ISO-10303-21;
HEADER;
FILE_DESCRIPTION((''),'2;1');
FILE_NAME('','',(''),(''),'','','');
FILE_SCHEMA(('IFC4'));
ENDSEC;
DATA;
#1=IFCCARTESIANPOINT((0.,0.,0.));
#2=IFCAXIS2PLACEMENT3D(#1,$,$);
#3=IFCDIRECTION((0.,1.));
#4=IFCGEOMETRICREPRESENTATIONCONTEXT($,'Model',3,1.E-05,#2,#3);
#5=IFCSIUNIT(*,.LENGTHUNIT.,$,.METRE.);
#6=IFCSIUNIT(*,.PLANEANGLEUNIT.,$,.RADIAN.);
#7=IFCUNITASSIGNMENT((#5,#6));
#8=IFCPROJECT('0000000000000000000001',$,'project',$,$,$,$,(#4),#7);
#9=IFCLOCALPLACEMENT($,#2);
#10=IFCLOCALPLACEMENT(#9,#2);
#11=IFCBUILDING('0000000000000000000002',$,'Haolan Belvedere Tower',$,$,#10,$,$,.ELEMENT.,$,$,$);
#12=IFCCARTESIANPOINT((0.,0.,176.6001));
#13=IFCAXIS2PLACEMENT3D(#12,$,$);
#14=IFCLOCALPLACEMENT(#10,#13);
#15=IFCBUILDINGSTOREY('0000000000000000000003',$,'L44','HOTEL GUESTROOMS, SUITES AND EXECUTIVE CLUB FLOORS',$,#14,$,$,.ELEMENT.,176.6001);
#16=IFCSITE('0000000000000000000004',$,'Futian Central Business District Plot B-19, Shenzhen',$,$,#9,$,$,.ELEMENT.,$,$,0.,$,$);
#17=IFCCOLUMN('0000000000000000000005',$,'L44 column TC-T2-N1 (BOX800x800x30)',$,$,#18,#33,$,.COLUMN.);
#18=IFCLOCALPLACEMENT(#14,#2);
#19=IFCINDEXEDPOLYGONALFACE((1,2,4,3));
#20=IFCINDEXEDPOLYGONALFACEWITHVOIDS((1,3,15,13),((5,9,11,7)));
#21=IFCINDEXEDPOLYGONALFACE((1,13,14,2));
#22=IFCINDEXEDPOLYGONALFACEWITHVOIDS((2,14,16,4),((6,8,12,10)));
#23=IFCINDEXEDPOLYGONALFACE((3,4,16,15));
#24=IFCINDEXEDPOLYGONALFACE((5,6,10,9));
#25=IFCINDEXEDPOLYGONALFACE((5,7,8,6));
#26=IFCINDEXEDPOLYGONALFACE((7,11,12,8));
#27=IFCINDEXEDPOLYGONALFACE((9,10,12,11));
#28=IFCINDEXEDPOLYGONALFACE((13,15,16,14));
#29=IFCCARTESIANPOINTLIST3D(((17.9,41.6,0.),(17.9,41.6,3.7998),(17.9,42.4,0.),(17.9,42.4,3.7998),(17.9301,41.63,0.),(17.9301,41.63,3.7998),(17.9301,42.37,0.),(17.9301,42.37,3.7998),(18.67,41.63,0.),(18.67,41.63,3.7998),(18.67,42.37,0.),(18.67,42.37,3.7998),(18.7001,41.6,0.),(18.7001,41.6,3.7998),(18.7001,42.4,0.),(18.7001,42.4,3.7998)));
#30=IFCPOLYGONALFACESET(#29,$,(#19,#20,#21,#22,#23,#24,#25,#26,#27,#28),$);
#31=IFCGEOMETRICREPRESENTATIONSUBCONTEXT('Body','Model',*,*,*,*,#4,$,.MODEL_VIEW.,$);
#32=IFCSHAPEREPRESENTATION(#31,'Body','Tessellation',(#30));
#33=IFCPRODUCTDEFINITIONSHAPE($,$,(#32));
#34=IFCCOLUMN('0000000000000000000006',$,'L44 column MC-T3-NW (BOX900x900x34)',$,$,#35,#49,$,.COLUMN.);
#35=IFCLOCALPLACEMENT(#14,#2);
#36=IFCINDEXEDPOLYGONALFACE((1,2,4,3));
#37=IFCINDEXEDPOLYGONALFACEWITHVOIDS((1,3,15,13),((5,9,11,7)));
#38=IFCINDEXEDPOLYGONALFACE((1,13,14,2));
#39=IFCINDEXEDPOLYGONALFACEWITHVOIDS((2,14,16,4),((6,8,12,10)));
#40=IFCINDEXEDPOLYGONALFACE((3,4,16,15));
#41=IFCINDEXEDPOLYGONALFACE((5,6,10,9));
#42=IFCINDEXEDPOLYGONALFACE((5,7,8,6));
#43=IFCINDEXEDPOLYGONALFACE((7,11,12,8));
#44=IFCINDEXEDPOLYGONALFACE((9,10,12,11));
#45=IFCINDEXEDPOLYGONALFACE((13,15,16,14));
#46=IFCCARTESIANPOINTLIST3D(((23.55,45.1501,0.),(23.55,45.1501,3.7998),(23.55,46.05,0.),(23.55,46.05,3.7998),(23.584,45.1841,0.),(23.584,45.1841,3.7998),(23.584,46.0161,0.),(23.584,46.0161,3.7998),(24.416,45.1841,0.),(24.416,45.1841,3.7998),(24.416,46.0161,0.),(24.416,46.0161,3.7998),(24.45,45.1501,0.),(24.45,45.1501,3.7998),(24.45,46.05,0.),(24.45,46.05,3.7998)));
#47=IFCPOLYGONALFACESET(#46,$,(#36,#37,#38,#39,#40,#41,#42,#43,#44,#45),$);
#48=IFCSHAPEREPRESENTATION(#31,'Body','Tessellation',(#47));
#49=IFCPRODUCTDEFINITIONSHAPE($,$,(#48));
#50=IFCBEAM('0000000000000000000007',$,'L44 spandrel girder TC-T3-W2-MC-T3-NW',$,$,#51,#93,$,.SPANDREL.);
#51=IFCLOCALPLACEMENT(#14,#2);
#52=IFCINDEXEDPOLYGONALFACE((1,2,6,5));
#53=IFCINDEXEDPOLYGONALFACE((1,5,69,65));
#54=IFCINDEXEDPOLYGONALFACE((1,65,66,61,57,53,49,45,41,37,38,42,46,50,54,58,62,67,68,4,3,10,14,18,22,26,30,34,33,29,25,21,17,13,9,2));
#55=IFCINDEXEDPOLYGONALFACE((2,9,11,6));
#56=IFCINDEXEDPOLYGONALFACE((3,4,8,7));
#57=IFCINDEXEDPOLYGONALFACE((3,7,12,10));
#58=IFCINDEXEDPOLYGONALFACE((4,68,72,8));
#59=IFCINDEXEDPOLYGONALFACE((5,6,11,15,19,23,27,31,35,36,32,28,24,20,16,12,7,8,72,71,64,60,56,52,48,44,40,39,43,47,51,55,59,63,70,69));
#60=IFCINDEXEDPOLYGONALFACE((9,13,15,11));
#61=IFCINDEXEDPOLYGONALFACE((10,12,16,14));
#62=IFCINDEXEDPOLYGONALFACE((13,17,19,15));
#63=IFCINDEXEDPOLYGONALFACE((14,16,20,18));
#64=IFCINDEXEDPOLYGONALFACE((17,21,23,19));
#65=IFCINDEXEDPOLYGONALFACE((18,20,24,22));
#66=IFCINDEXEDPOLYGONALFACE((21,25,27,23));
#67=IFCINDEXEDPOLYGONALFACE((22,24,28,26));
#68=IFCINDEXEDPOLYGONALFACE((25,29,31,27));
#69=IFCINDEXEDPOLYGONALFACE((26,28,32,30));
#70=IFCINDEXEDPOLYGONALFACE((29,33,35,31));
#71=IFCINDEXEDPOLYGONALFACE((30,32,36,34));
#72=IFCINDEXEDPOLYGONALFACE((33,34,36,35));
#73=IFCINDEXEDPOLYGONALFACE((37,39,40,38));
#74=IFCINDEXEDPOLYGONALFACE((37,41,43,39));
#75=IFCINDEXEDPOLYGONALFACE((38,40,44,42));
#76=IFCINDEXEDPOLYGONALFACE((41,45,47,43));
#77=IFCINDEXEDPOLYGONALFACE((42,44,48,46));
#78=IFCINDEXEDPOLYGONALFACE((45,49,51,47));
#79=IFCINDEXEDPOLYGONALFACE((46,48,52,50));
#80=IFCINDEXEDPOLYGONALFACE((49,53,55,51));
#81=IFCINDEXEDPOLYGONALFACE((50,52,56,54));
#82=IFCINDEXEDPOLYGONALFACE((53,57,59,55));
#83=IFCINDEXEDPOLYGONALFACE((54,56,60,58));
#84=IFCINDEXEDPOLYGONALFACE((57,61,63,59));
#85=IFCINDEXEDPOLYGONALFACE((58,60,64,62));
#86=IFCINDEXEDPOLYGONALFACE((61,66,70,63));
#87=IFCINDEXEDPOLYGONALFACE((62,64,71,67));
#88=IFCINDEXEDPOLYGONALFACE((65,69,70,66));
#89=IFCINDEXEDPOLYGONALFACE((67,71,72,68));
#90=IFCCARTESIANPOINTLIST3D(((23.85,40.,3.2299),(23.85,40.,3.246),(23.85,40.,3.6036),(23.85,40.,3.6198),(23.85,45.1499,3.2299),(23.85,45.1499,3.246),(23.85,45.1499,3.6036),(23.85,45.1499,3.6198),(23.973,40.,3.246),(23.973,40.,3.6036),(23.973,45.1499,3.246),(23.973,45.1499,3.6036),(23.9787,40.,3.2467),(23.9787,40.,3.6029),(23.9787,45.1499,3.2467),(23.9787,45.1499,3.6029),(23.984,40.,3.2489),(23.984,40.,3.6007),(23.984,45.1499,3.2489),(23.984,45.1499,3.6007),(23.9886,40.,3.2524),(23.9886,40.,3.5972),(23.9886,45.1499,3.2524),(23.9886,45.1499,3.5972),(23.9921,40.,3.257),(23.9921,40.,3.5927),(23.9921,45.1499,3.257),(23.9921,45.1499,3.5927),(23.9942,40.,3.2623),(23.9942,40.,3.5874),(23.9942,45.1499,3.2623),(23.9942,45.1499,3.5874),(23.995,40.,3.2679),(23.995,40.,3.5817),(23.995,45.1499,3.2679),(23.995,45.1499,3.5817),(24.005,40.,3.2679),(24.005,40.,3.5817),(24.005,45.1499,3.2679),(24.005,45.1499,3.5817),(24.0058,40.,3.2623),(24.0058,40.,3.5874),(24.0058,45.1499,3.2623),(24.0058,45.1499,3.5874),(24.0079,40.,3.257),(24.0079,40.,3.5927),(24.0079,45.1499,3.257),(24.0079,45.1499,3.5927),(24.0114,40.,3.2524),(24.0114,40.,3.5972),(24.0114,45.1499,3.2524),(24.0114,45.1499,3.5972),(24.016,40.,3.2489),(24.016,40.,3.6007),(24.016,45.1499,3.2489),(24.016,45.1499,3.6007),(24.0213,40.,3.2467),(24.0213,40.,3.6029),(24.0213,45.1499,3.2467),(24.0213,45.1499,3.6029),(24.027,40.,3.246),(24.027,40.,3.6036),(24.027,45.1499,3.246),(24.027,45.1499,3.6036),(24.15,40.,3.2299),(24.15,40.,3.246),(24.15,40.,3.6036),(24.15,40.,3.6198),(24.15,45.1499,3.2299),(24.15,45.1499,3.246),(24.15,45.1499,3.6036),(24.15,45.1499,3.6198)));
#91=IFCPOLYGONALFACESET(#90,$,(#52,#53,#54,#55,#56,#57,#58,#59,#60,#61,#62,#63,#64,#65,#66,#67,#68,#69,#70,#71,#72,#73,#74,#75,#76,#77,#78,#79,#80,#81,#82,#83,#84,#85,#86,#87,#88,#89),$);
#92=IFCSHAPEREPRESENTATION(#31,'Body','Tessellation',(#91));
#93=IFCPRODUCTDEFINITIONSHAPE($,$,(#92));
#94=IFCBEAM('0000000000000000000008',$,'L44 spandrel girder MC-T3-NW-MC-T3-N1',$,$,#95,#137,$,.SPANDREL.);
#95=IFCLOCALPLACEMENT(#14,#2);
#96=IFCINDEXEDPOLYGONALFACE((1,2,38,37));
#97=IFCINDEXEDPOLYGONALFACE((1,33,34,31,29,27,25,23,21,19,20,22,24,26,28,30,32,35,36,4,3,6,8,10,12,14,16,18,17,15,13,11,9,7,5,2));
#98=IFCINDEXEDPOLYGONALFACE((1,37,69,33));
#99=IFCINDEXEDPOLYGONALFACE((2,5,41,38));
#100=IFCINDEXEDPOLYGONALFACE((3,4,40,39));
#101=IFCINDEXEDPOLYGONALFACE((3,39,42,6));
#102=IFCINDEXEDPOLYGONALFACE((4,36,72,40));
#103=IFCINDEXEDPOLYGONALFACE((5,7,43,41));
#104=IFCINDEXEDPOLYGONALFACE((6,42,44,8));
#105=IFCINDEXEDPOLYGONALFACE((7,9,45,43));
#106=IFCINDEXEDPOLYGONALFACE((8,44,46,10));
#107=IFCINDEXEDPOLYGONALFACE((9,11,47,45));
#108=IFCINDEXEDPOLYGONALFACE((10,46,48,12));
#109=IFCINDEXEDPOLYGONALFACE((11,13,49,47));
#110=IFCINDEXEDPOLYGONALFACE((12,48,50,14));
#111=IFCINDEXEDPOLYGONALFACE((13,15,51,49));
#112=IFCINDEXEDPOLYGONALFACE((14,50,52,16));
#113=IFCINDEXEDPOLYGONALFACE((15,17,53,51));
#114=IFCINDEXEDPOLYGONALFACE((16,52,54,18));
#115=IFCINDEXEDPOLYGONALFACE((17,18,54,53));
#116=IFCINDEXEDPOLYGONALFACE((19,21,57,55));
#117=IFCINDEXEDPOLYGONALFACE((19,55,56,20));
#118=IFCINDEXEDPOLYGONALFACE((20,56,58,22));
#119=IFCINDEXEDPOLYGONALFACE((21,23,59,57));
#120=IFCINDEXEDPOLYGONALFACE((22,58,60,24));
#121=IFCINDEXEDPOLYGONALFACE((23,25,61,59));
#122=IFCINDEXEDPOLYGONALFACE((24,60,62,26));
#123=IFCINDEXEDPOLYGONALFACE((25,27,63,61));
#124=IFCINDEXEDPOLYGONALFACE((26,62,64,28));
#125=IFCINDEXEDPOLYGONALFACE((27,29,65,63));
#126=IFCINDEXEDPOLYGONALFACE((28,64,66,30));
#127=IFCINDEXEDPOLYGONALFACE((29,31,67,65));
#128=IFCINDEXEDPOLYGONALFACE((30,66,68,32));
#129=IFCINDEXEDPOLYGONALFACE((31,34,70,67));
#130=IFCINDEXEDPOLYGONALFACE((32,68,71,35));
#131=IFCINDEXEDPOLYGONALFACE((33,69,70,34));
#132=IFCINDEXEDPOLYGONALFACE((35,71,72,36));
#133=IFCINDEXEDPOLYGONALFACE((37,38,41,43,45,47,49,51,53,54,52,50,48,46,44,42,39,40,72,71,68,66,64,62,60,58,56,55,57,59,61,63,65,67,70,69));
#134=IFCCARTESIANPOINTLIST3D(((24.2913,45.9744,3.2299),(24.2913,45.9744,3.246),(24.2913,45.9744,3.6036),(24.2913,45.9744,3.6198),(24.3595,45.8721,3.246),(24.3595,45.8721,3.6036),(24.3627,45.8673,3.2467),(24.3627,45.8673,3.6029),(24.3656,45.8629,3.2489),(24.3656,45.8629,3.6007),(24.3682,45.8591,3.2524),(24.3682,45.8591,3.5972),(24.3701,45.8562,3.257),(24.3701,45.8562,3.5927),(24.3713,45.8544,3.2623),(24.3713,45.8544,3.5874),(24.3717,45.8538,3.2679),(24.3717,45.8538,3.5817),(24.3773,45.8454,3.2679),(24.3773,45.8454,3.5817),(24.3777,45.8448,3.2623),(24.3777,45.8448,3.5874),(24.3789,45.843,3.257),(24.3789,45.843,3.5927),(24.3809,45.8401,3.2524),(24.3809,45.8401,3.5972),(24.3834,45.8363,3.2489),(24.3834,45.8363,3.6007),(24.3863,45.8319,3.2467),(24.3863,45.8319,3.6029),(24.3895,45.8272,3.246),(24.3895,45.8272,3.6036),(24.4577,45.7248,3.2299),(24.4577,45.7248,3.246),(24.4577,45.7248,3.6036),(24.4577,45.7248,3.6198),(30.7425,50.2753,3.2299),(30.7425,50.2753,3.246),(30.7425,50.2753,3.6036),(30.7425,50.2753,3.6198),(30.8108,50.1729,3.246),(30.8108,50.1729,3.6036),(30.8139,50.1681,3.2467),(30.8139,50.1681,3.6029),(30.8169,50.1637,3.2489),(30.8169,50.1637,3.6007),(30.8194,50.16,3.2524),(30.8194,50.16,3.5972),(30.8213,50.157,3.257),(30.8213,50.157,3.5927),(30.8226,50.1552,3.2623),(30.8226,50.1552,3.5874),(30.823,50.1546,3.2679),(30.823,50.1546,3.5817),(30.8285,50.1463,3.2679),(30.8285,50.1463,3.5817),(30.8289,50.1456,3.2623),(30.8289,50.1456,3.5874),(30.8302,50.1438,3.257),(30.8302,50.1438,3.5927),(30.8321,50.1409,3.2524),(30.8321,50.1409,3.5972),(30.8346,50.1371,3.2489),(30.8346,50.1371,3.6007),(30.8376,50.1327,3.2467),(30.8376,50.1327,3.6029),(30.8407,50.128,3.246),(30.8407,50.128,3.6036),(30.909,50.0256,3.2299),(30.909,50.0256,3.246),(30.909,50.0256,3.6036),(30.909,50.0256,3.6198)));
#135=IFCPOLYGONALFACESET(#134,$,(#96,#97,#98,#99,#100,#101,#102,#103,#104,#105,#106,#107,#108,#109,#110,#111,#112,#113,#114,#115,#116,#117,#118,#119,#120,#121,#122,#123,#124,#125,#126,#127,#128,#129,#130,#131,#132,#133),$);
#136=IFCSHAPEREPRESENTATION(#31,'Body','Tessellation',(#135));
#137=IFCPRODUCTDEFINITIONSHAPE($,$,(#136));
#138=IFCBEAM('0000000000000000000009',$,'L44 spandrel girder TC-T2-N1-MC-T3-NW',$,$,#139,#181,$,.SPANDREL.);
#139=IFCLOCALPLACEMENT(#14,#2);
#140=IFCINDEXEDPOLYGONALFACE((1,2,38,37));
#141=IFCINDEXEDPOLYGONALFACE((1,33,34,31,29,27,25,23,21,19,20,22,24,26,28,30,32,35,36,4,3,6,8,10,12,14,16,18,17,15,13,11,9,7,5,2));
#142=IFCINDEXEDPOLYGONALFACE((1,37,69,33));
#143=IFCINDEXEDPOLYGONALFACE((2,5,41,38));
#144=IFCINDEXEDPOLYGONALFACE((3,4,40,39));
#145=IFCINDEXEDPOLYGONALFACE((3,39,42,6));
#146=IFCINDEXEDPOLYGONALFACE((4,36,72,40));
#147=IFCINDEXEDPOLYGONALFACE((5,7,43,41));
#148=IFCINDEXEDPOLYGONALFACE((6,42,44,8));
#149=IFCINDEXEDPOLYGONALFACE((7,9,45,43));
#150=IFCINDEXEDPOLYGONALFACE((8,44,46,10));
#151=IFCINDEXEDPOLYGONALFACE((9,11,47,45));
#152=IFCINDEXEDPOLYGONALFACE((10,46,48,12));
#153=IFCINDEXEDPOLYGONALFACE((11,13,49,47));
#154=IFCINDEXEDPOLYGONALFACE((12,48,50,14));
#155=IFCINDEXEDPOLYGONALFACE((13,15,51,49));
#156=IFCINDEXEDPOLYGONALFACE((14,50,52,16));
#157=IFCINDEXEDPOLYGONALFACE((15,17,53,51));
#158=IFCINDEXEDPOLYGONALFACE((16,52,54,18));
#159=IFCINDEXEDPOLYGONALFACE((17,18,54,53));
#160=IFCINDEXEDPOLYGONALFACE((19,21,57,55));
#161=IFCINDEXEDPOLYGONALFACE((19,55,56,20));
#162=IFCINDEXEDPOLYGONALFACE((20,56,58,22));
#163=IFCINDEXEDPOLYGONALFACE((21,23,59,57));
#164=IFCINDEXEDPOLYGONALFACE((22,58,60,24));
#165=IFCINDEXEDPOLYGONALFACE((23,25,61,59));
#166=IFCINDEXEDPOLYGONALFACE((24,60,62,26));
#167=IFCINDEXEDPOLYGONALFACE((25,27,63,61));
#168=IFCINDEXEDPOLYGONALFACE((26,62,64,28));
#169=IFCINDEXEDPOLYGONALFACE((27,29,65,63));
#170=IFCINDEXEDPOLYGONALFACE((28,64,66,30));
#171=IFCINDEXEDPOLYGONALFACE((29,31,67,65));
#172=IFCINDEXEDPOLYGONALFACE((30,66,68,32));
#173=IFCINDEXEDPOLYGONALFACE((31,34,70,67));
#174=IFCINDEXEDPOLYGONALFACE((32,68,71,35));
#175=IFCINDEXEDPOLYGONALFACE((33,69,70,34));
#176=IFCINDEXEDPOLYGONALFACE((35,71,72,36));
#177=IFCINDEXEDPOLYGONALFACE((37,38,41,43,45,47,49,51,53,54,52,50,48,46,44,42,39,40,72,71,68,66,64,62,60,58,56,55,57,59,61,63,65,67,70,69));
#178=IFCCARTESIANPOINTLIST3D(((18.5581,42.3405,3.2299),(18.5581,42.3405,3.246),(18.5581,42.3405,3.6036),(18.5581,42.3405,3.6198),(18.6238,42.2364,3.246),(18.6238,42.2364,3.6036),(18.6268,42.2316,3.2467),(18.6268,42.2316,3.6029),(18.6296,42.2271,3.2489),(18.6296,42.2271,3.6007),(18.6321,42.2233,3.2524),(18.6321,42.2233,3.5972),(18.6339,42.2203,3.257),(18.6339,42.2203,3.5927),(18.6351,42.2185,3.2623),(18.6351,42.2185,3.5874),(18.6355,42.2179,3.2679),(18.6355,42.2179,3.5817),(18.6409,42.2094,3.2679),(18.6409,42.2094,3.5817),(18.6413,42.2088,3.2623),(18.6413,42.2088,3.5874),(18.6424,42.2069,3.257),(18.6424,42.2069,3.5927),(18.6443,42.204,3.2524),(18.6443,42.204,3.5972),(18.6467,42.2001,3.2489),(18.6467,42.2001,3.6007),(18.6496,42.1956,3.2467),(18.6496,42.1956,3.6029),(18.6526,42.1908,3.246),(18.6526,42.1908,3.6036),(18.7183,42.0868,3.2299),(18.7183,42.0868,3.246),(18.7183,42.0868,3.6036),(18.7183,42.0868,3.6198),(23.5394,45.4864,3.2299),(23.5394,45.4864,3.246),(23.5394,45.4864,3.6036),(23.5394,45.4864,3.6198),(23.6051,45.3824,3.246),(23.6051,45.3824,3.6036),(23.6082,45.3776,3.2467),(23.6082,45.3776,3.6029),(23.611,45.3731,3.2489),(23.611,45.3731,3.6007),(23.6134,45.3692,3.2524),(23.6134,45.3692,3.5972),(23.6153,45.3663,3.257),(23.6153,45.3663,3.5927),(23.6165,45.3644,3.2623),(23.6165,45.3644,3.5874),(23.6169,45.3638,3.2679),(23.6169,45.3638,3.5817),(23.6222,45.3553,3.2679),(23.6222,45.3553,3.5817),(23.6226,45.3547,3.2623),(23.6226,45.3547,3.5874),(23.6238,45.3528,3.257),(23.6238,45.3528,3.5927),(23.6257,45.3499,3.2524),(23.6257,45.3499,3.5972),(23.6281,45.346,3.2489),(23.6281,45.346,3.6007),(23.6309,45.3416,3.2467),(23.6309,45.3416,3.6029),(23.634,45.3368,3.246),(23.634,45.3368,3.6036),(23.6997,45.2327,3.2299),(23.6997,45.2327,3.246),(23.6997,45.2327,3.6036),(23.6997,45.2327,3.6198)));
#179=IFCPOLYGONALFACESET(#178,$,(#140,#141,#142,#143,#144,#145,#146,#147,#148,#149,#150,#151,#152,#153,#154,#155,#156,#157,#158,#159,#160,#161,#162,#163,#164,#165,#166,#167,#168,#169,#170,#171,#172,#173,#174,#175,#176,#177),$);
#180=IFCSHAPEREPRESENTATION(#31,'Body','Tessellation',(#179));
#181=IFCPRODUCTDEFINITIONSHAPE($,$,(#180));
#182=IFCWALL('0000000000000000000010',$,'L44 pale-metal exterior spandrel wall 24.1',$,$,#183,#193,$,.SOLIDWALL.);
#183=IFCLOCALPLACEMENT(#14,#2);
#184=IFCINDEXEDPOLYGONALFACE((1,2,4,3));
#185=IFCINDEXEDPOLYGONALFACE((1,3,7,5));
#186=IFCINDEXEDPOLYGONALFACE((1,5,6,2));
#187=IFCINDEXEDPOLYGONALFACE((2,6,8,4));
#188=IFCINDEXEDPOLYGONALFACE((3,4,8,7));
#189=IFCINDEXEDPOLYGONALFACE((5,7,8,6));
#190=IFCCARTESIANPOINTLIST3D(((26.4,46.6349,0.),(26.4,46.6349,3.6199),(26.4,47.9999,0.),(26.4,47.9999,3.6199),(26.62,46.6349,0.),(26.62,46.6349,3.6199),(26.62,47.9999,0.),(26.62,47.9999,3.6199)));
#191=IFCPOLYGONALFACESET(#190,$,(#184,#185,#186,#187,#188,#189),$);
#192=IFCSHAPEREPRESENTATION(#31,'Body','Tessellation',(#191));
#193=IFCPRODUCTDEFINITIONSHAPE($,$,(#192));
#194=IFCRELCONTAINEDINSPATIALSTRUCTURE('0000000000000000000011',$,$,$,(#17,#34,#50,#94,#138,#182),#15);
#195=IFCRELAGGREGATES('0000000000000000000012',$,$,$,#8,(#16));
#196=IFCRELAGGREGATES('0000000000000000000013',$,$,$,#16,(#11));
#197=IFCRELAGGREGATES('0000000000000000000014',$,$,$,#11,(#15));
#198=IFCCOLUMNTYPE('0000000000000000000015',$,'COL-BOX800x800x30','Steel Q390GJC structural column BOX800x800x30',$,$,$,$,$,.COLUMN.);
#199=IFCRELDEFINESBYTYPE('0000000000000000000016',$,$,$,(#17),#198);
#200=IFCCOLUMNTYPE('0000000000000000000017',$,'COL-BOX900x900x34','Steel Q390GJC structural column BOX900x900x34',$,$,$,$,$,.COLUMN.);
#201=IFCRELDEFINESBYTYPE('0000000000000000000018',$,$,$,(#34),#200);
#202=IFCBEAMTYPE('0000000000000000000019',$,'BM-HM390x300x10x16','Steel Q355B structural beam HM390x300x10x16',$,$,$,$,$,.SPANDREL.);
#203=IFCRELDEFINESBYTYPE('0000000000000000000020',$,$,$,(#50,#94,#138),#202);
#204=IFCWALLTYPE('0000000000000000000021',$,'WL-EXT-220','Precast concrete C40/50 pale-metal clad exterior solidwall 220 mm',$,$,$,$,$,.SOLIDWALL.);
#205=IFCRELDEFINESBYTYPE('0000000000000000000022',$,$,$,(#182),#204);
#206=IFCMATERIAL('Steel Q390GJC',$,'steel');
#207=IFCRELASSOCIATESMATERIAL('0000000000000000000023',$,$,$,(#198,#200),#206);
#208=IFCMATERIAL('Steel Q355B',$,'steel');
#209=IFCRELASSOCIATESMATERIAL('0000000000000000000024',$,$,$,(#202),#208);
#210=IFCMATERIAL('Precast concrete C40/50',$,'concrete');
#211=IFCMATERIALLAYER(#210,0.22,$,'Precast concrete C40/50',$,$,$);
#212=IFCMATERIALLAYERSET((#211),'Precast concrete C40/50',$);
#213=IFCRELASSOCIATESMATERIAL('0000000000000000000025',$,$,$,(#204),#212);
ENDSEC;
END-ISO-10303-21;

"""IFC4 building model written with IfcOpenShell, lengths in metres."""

from ifc_helpers import new_model, si_unit, direction, frame, frame_2d, origin, origin_2d, place, context, subcontext, project, spatial, rectangle, hollow_rectangle, i_section, extrude, material, layer, layer_set, material_profile, profile_set, type_object, element, save


model = new_model("IFC4")

# Units and contexts
model_context = context("Model", 3, precision=1e-05, world=origin(), true_north=direction((0.0, 1.0)))
body_context = subcontext(model_context, "Body", "Model", "MODEL_VIEW")
ifc_project = project(units=[si_unit("LENGTHUNIT", "METRE"), si_unit("PLANEANGLEUNIT", "RADIAN")], contexts=[model_context])

# Site, building, storey
site_placement = place(None, origin())
site = spatial("IfcSite", under=ifc_project, at=site_placement, Name="Futian Central Business District Plot B-19, Shenzhen", CompositionType="ELEMENT", RefElevation=0.0)
building_placement = place(site_placement, origin())
building = spatial("IfcBuilding", under=site, at=building_placement, Name="Haolan Belvedere Tower", CompositionType="ELEMENT")
storey_placement = place(building_placement, frame((0.0, 0.0, 176.6001)))
storey = spatial("IfcBuildingStorey", under=building, at=storey_placement, Name="L44", Description="HOTEL GUESTROOMS, SUITES AND EXECUTIVE CLUB FLOORS", CompositionType="ELEMENT", Elevation=176.6001)

# Columns
ifc_material_1 = material(Name="Steel Q390GJC", Category="steel")
ifc_material_profile_1 = material_profile(ifc_material_1, hollow_rectangle(XDim=0.8, YDim=0.8, WallThickness=0.03, at=origin_2d()), Name="Steel Q390GJC")
ifc_profile_set_1 = profile_set([ifc_material_profile_1], Name="Steel Q390GJC")
column_type_1 = type_object("IfcColumnType", Name="COL-BOX800x800x30", Description="Steel Q390GJC structural column BOX800x800x30", PredefinedType="COLUMN", material=ifc_profile_set_1)
column_1_placement = place(storey_placement, frame((18.3, 42.0, 0.0), z_axis=(0.0, 0.0, 1.0), x_axis=(1.0, 0.0, 0.0)))
element("IfcColumn", 1, at=column_1_placement, inside=storey, type_object=column_type_1, Name="L44 column TC-T2-N1 (BOX800x800x30)", PredefinedType="COLUMN", context=body_context, shape_type="SweptSolid", body=[
    extrude(hollow_rectangle(XDim=0.8, YDim=0.8, WallThickness=0.03, at=origin_2d()), origin(), (0.0, 0.0, 1.0), 3.7998),
])
ifc_material_profile_2 = material_profile(ifc_material_1, hollow_rectangle(XDim=0.8999, YDim=0.8999, WallThickness=0.0339, at=origin_2d()), Name="Steel Q390GJC")
ifc_profile_set_2 = profile_set([ifc_material_profile_2], Name="Steel Q390GJC")
column_type_2 = type_object("IfcColumnType", Name="COL-BOX900x900x34", Description="Steel Q390GJC structural column BOX900x900x34", PredefinedType="COLUMN", material=ifc_profile_set_2)
column_2_placement = place(storey_placement, frame((24.0, 45.6001, 0.0), z_axis=(0.0, 0.0, 1.0), x_axis=(1.0, 0.0, 0.0)))
element("IfcColumn", 2, at=column_2_placement, inside=storey, type_object=column_type_2, Name="L44 column MC-T3-NW (BOX900x900x34)", PredefinedType="COLUMN", context=body_context, shape_type="SweptSolid", body=[
    extrude(hollow_rectangle(XDim=0.8999, YDim=0.8999, WallThickness=0.0339, at=origin_2d()), origin(), (0.0, 0.0, 1.0), 3.7998),
])

# Beams
ifc_material_2 = material(Name="Steel Q355B", Category="steel")
ifc_material_profile_3 = material_profile(ifc_material_2, i_section(OverallWidth=0.3, OverallDepth=0.3899, WebThickness=0.01, FlangeThickness=0.0161, FilletRadius=0.022, at=origin_2d()), Name="Steel Q355B")
ifc_profile_set_3 = profile_set([ifc_material_profile_3], Name="Steel Q355B")
beam_type = type_object("IfcBeamType", Name="BM-HM390x300x10x16", Description="Steel Q355B structural beam HM390x300x10x16", PredefinedType="SPANDREL", material=ifc_profile_set_3)
beam_1_placement = place(storey_placement, frame((24.0, 40.0, 3.4248), z_axis=(0.0, 1.0, 0.0), x_axis=(-1.0, 0.0, 0.0)))
element("IfcBeam", 3, at=beam_1_placement, inside=storey, type_object=beam_type, Name="L44 spandrel girder TC-T3-W2-MC-T3-NW", PredefinedType="SPANDREL", context=body_context, shape_type="SweptSolid", body=[
    extrude(i_section(OverallWidth=0.3, OverallDepth=0.3899, WebThickness=0.01, FlangeThickness=0.0161, FilletRadius=0.022, at=origin_2d()), origin(), (0.0, 0.0, 1.0), 5.1499),
])
beam_2_placement = place(storey_placement, frame((24.3745, 45.8496, 3.4248), z_axis=(0.83205, 0.5547, 0.0), x_axis=(-0.5547, 0.83205, 0.0)))
element("IfcBeam", 4, at=beam_2_placement, inside=storey, type_object=beam_type, Name="L44 spandrel girder MC-T3-NW-MC-T3-N1", PredefinedType="SPANDREL", context=body_context, shape_type="SweptSolid", body=[
    extrude(i_section(OverallWidth=0.3, OverallDepth=0.3899, WebThickness=0.01, FlangeThickness=0.0161, FilletRadius=0.022, at=origin_2d()), origin(), (0.0, 0.0, 1.0), 7.7534),
])
beam_3_placement = place(storey_placement, frame((18.6382, 42.2136, 3.4248), z_axis=(0.845503, 0.533971, 0.0), x_axis=(-0.533971, 0.845503, 0.0)))
element("IfcBeam", 5, at=beam_3_placement, inside=storey, type_object=beam_type, Name="L44 spandrel girder TC-T2-N1-MC-T3-NW", PredefinedType="SPANDREL", context=body_context, shape_type="SweptSolid", body=[
    extrude(i_section(OverallWidth=0.3, OverallDepth=0.3899, WebThickness=0.01, FlangeThickness=0.0161, FilletRadius=0.022, at=origin_2d()), origin(), (0.0, 0.0, 1.0), 5.8916),
])

# Wall
ifc_material_3 = material(Name="Precast concrete C40/50", Category="concrete")
ifc_layer_1 = layer(ifc_material_3, 0.22, Name="Precast concrete C40/50")
ifc_layer_set_1 = layer_set([ifc_layer_1], Name="Precast concrete C40/50")
wall_type_1 = type_object("IfcWallType", Name="WL-EXT-220", Description="Precast concrete C40/50 pale-metal clad exterior solidwall 220 mm", PredefinedType="SOLIDWALL", material=ifc_layer_set_1)
wall_1_placement = place(storey_placement, frame((26.51, 48.0, 0.0), z_axis=(0.0, 0.0, 1.0), x_axis=(0.0, -1.0, 0.0)))
element("IfcWall", 6, at=wall_1_placement, inside=storey, type_object=wall_type_1, Name="L44 pale-metal exterior spandrel wall 24.1", PredefinedType="SOLIDWALL", context=body_context, shape_type="SweptSolid", body=[
    extrude(rectangle(XDim=1.365, YDim=0.22, at=frame_2d((0.6826, 0.0))), origin(), (0.0, 0.0, 1.0), 3.6199),
])

save(model, "model.ifc")
